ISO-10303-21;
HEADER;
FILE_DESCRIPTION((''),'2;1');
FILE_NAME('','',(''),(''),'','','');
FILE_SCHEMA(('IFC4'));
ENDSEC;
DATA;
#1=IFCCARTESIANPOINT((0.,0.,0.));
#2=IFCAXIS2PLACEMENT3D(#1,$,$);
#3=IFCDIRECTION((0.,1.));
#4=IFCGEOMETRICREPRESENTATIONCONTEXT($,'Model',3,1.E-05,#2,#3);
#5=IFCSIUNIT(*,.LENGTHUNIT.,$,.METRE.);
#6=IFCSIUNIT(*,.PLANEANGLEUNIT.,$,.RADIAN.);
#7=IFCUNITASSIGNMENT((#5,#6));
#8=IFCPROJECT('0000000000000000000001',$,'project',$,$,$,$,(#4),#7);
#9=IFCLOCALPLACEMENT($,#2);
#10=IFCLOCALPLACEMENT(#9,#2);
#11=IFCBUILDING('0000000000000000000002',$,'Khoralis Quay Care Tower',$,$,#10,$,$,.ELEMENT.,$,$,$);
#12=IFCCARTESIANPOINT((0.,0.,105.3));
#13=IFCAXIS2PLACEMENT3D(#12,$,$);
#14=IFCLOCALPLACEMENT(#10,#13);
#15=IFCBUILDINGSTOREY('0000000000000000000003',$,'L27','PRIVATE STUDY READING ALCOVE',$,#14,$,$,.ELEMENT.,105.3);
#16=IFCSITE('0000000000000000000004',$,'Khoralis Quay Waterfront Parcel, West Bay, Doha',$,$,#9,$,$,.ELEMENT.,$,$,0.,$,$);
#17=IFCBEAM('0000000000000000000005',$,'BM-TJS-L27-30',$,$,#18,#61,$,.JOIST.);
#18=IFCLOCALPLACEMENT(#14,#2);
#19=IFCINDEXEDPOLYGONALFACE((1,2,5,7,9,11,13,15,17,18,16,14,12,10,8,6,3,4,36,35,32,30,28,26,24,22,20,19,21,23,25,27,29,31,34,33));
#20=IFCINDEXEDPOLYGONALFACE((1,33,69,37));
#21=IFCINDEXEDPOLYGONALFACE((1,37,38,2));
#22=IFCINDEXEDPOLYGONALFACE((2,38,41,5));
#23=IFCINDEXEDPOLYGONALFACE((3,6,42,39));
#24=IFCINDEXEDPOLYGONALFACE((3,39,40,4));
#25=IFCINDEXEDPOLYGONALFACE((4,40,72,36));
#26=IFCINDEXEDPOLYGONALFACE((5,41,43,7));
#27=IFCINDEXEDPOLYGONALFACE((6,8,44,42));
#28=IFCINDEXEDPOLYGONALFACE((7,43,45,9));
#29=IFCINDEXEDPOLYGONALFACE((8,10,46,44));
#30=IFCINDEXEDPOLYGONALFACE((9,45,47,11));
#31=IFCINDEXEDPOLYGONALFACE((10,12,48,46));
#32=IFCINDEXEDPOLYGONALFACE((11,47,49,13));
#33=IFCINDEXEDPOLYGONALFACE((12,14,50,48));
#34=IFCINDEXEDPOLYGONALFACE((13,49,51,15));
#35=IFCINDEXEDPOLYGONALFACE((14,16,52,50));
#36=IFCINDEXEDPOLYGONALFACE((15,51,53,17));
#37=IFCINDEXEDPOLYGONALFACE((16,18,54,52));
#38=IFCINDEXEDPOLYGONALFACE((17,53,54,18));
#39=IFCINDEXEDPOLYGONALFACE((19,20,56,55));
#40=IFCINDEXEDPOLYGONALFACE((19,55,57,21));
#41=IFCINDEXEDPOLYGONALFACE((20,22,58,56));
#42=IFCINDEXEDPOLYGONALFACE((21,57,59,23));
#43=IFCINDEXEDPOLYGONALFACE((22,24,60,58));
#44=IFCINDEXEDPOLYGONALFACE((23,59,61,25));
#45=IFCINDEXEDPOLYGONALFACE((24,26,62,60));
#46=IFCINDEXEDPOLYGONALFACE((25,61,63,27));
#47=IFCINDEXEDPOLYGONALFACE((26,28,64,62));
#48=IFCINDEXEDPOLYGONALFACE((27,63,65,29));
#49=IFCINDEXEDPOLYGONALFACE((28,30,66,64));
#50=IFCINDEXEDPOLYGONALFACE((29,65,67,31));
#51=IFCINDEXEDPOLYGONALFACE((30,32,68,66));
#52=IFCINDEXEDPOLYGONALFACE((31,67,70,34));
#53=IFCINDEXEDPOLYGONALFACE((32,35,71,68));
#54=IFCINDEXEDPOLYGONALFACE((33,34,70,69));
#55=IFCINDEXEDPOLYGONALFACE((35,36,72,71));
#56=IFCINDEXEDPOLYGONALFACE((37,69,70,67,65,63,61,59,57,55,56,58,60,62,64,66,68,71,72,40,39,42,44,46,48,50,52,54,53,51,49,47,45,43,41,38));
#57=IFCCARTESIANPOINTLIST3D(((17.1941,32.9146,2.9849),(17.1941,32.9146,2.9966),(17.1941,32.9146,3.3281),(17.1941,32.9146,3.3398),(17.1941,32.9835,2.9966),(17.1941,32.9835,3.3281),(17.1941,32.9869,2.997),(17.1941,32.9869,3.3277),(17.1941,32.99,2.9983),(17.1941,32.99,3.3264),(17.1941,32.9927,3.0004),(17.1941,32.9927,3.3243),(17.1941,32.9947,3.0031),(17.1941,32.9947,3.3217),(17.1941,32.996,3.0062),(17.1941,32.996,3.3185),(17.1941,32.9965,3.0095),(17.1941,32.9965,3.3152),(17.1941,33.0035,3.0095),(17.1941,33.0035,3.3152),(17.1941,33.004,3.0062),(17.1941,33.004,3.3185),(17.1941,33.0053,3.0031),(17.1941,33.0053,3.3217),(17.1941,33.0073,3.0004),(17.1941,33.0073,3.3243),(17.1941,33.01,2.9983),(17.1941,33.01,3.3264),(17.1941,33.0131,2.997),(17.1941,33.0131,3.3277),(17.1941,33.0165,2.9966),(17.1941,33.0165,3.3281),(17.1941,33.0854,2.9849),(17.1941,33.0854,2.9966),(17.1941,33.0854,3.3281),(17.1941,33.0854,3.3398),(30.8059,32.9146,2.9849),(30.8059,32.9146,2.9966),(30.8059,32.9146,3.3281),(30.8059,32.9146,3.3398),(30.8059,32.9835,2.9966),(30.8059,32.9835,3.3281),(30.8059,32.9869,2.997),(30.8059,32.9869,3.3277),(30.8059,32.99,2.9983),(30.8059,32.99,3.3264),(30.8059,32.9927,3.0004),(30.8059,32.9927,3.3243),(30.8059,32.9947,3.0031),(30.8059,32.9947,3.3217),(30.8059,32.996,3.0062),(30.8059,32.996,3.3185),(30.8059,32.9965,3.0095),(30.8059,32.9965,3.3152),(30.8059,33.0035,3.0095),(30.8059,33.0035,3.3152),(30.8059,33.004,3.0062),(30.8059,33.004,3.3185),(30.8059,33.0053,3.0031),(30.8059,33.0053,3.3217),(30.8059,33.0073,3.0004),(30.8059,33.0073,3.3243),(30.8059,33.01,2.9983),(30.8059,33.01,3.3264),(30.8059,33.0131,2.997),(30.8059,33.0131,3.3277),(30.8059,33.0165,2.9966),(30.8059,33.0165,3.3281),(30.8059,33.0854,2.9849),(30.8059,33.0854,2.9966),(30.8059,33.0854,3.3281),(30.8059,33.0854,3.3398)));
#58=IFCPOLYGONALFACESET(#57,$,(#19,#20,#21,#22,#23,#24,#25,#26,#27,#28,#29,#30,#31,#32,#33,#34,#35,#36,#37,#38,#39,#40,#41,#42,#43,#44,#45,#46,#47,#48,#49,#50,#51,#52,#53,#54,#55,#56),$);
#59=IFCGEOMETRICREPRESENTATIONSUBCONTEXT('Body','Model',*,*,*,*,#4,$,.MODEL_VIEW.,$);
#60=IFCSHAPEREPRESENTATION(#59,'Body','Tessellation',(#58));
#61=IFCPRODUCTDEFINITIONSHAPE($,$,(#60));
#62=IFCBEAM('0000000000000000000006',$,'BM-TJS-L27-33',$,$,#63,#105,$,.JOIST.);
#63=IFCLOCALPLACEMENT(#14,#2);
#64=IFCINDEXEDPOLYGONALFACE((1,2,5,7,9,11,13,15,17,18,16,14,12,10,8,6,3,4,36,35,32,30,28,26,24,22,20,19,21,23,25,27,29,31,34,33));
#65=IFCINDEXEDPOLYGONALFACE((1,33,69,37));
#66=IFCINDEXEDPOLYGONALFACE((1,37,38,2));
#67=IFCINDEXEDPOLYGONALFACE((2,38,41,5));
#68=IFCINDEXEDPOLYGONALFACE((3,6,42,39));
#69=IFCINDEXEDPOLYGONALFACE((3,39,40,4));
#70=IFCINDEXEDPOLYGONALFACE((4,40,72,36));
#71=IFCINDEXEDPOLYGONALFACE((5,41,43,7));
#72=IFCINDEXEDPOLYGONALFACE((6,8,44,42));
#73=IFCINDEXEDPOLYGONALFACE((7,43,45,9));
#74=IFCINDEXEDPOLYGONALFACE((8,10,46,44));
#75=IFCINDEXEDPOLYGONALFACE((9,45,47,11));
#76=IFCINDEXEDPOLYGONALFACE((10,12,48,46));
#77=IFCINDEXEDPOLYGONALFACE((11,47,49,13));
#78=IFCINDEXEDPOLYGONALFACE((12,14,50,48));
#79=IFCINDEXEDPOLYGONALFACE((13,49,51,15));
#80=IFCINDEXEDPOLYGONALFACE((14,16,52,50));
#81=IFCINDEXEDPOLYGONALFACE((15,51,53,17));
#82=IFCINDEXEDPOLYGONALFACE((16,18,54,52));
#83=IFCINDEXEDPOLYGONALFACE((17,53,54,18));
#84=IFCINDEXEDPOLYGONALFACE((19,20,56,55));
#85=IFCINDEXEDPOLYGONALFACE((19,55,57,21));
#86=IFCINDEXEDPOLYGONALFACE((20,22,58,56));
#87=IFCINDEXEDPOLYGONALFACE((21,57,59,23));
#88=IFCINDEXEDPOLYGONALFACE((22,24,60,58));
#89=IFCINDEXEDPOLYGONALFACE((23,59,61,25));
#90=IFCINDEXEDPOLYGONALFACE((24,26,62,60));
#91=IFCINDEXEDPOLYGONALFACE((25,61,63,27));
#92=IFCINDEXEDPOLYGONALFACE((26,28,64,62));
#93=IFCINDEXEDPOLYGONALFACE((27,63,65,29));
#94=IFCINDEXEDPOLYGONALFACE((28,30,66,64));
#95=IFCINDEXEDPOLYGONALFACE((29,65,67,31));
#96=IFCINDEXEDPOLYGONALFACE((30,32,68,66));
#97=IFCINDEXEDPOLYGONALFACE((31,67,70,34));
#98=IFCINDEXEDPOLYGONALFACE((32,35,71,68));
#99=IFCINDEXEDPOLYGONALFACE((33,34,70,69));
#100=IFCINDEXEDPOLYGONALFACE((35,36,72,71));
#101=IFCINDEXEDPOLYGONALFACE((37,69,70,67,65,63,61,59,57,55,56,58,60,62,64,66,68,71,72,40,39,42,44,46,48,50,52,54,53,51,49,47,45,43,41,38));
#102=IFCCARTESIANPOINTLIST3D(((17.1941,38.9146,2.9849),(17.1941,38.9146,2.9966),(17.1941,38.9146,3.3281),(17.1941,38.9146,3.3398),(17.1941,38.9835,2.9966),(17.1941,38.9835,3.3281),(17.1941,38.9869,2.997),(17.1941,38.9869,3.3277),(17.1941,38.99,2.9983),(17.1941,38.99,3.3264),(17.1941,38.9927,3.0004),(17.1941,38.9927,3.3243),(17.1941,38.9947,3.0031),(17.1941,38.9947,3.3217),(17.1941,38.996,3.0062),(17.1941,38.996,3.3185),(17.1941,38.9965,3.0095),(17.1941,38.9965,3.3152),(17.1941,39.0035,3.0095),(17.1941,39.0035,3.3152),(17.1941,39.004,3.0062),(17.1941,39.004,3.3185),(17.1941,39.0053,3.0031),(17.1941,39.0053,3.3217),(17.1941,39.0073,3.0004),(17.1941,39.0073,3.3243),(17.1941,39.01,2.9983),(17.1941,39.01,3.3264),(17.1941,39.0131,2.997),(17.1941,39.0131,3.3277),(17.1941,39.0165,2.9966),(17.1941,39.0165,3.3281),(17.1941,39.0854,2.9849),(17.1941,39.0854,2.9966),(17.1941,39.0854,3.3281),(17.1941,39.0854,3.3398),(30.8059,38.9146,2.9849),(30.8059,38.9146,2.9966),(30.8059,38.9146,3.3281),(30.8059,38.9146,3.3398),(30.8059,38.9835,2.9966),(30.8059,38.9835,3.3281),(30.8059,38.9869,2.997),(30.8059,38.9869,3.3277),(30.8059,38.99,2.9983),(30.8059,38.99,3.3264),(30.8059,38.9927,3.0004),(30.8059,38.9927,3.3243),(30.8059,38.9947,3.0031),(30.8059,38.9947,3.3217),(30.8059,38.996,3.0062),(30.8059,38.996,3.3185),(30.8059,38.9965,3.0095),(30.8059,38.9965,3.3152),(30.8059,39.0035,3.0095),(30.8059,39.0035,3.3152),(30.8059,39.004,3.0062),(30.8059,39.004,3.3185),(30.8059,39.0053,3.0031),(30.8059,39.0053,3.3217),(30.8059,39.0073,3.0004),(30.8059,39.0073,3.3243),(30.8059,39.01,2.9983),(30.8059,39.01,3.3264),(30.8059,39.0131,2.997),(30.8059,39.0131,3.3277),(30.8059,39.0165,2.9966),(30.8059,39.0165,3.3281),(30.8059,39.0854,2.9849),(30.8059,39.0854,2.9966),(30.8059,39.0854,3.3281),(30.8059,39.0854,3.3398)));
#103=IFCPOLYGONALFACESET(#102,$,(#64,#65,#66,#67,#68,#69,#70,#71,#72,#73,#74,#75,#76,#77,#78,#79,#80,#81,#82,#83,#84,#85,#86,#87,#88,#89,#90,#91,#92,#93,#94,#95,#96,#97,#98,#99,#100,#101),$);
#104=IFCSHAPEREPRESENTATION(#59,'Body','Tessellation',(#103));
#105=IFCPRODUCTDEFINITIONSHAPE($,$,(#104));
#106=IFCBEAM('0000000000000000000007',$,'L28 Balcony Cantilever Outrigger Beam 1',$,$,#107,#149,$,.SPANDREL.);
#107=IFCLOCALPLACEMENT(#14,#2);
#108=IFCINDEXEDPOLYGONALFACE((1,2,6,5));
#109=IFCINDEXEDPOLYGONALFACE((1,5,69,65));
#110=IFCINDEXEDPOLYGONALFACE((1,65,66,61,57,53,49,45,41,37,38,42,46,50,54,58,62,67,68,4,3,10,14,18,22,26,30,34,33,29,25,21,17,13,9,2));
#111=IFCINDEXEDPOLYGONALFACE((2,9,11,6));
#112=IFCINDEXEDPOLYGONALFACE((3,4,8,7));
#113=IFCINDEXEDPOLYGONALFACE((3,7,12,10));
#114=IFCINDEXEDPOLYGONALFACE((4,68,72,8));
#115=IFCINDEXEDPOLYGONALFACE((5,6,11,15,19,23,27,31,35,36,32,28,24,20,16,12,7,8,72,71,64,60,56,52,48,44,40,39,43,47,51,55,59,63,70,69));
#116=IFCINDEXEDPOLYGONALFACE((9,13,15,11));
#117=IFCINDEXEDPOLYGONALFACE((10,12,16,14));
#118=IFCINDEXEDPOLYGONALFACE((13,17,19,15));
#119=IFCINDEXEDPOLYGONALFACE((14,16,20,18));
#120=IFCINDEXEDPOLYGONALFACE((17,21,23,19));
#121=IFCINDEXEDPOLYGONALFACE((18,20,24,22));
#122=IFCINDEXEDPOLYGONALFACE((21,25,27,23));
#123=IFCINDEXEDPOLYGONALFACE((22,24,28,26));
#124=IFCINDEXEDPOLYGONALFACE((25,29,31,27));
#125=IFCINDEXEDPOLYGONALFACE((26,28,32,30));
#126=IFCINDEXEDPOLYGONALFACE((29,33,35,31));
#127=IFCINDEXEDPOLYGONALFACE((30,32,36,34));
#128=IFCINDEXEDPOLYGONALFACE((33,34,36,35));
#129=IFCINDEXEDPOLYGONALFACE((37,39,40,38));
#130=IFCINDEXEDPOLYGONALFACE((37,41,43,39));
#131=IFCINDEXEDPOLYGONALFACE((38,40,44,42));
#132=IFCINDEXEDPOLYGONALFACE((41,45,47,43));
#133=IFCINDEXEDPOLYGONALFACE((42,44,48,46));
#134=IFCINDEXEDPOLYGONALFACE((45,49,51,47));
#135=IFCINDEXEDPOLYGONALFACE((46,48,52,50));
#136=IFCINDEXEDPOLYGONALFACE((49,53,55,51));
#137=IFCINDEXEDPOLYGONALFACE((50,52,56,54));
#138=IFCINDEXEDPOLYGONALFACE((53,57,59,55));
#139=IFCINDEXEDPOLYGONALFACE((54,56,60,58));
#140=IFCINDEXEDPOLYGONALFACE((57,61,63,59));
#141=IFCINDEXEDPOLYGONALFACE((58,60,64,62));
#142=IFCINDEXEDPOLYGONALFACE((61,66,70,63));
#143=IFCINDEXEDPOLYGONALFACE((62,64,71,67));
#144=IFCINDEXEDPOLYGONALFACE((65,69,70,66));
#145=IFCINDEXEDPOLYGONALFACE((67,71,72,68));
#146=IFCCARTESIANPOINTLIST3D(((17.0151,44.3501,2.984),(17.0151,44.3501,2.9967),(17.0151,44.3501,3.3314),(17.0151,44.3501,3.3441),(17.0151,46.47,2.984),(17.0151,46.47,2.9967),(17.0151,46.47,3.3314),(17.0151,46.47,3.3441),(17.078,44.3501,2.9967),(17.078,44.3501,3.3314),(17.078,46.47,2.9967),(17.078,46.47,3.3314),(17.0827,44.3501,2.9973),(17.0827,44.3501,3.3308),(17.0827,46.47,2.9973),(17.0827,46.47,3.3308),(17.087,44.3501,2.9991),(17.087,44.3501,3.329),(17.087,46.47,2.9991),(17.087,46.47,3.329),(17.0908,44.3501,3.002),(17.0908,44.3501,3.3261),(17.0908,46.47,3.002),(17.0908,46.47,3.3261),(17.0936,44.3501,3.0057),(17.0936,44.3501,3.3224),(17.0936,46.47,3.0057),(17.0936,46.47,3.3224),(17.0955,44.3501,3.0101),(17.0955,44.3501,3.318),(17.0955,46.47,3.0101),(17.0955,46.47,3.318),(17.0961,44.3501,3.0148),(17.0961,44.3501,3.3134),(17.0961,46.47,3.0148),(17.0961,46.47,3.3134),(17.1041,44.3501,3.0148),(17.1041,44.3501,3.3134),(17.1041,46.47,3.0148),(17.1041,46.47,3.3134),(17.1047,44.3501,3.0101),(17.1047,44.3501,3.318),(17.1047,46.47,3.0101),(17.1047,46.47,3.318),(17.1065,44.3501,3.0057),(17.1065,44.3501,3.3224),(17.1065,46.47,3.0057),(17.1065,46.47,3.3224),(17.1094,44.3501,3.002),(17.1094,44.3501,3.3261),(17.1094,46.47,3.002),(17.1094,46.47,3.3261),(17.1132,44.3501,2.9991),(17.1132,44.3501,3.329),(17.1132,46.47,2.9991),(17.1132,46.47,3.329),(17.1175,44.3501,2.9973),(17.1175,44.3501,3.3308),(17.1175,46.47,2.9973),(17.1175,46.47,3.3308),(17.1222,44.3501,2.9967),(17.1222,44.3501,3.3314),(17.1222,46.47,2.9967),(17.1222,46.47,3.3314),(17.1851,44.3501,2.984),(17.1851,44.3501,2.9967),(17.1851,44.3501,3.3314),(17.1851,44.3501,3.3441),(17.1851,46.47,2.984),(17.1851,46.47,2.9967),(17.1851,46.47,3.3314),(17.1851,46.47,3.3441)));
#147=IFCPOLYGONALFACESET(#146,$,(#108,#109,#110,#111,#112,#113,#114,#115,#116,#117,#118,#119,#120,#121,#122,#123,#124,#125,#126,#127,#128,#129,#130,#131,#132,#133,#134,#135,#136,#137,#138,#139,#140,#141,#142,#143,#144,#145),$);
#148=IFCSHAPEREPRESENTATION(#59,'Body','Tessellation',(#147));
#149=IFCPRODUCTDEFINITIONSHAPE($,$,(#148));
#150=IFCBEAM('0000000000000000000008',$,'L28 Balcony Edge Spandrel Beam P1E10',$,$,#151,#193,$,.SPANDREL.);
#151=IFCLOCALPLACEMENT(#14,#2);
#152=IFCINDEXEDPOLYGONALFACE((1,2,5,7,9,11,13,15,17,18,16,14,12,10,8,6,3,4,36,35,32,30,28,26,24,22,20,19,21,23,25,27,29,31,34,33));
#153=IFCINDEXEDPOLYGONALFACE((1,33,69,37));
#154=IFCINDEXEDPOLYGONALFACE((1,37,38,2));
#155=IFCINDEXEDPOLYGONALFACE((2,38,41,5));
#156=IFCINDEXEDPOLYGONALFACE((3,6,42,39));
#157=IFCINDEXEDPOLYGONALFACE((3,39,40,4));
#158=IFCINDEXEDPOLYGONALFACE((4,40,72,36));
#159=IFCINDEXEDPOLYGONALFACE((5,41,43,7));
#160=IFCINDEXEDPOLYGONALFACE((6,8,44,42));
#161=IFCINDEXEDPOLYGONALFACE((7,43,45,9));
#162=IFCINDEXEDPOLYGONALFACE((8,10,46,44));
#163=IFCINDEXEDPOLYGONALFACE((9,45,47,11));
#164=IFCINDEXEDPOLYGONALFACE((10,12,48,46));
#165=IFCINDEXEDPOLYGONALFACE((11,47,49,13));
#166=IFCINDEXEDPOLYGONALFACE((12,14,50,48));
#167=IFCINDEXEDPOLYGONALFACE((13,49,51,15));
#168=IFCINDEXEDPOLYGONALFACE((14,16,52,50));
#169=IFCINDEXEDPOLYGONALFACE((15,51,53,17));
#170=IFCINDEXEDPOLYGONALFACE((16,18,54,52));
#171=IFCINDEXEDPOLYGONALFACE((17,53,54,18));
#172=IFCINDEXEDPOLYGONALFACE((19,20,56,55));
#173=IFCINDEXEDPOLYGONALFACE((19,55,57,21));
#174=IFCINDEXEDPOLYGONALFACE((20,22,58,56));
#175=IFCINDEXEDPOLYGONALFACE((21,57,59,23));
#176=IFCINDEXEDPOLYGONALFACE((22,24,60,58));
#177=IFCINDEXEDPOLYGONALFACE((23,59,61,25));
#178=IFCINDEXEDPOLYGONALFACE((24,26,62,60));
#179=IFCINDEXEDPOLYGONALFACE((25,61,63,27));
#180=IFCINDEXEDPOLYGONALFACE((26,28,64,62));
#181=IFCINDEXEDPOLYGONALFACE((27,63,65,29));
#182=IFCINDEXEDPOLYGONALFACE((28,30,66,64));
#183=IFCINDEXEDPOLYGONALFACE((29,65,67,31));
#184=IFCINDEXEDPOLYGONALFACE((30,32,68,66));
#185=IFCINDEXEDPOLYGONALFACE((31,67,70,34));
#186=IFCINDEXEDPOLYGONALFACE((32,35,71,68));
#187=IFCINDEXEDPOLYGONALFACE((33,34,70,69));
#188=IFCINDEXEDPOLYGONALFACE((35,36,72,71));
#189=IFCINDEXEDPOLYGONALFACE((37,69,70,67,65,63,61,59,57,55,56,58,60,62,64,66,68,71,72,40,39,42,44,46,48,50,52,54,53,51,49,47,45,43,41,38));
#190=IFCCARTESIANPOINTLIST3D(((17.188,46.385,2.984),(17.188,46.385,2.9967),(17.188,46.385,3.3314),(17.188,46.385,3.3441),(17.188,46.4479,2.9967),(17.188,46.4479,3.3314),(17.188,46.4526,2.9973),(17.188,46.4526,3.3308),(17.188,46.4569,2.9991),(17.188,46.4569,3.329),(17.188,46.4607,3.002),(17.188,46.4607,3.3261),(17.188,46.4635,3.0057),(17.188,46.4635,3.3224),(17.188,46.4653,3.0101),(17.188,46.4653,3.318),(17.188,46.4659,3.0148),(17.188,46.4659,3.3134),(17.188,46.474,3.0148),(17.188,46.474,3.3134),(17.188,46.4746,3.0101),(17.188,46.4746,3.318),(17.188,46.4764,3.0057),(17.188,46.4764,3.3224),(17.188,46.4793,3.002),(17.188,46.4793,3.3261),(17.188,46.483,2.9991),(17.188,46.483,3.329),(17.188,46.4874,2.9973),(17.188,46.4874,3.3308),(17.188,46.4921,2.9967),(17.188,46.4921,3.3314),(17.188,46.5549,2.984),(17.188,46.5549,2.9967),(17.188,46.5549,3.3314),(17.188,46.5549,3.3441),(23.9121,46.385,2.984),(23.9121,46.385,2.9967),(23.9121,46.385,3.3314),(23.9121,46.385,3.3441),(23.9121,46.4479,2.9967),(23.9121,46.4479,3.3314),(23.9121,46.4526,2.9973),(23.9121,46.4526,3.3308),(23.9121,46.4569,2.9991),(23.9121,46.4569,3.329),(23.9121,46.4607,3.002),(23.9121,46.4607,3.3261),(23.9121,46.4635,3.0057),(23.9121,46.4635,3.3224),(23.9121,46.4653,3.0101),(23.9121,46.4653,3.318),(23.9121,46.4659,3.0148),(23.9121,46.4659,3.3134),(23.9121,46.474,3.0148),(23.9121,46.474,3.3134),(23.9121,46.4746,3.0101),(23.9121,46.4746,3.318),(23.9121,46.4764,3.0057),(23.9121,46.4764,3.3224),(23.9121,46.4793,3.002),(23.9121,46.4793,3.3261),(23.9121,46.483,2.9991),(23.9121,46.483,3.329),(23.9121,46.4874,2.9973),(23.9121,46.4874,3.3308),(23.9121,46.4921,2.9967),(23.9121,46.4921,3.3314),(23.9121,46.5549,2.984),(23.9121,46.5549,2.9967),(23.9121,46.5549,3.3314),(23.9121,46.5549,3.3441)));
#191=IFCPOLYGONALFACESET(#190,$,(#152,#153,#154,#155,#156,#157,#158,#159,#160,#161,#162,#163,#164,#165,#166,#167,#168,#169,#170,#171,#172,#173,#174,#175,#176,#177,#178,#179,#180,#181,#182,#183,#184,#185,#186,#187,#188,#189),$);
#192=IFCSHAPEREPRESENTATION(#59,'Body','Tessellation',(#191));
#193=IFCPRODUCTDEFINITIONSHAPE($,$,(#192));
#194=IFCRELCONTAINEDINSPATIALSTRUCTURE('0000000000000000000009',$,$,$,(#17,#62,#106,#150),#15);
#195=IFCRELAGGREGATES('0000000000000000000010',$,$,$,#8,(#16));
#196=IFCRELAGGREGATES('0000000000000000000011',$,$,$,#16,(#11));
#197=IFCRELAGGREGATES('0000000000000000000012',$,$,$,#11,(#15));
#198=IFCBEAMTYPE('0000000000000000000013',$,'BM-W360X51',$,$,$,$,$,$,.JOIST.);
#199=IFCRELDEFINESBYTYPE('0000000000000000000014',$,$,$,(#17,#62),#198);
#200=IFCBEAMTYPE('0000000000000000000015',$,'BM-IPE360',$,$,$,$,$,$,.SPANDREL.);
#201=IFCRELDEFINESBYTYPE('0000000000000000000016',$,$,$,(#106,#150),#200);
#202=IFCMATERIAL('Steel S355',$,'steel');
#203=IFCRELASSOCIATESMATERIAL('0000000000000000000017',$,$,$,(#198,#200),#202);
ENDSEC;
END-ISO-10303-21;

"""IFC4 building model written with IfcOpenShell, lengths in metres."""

from ifc_helpers import new_model, si_unit, direction, frame, origin, origin_2d, place, context, subcontext, project, spatial, i_section, extrude, source, transform, mapped, material, material_profile, profile_set, type_object, element, save


model = new_model("IFC4")

# Units and contexts
model_context = context("Model", 3, precision=1e-05, world=origin(), true_north=direction((0.0, 1.0)))
body_context = subcontext(model_context, "Body", "Model", "MODEL_VIEW")
ifc_project = project(units=[si_unit("LENGTHUNIT", "METRE"), si_unit("PLANEANGLEUNIT", "RADIAN")], contexts=[model_context])

# Site, building, storey
site_placement = place(None, origin())
site = spatial("IfcSite", under=ifc_project, at=site_placement, Name="Khoralis Quay Waterfront Parcel, West Bay, Doha", CompositionType="ELEMENT", RefElevation=0.0)
building_placement = place(site_placement, origin())
building = spatial("IfcBuilding", under=site, at=building_placement, Name="Khoralis Quay Care Tower", CompositionType="ELEMENT")
storey_placement = place(building_placement, frame((0.0, 0.0, 105.3)))
storey = spatial("IfcBuildingStorey", under=building, at=storey_placement, Name="L27", Description="PRIVATE STUDY READING ALCOVE", CompositionType="ELEMENT", Elevation=105.3)

# Beams
ifc_material_1 = material(Name="Steel S355", Category="steel")
ifc_material_profile_1 = material_profile(ifc_material_1, i_section(OverallWidth=0.1709, OverallDepth=0.355, WebThickness=0.0071, FlangeThickness=0.0117, FilletRadius=0.0129, at=origin_2d()), Name="Steel S355")
ifc_profile_set_1 = profile_set([ifc_material_profile_1], Name="Steel S355")
beam_type_1 = type_object("IfcBeamType", Name="BM-W360X51", PredefinedType="JOIST", material=ifc_profile_set_1)
shared_shape_1 = source(origin(), body_context, "Body", "SweptSolid", [
    extrude(i_section(OverallWidth=0.1709, OverallDepth=0.355, WebThickness=0.0071, FlangeThickness=0.0117, FilletRadius=0.0129, at=origin_2d()), origin(), (0.0, 0.0, 1.0), 13.6118),
])
for number, where, z_axis, x_axis, name in (
    (1, (17.1941, 33.0, 3.1624), (1.0, 0.0, 0.0), (0.0, 1.0, 0.0), "BM-TJS-L27-30"),
    (2, (17.1941, 39.0, 3.1624), (1.0, 0.0, 0.0), (0.0, 1.0, 0.0), "BM-TJS-L27-33"),
):
    element("IfcBeam", number, at=place(storey_placement, frame(where, z_axis=z_axis, x_axis=x_axis)), inside=storey, type_object=beam_type_1, Name=name, PredefinedType="JOIST", context=body_context, shape_type="MappedRepresentation", body=[
        mapped(shared_shape_1, transform((0.0, 0.0, 0.0), scale=1.0)),
    ])
ifc_material_profile_2 = material_profile(ifc_material_1, i_section(OverallWidth=0.1699, OverallDepth=0.3601, WebThickness=0.0081, FlangeThickness=0.0127, FilletRadius=0.0181, at=origin_2d()), Name="Steel S355")
ifc_profile_set_2 = profile_set([ifc_material_profile_2], Name="Steel S355")
beam_type_2 = type_object("IfcBeamType", Name="BM-IPE360", PredefinedType="SPANDREL", material=ifc_profile_set_2)
shared_shape_2 = source(origin(), body_context, "Body", "SweptSolid", [
    extrude(i_section(OverallWidth=0.1699, OverallDepth=0.3601, WebThickness=0.0081, FlangeThickness=0.0127, FilletRadius=0.0181, at=origin_2d()), origin(), (0.0, 0.0, 1.0), 2.1199),
])
beam_1_placement = place(storey_placement, frame((17.1001, 44.3501, 3.1641), z_axis=(0.0, 1.0, 0.0), x_axis=(-1.0, 0.0, 0.0)))
element("IfcBeam", 3, at=beam_1_placement, inside=storey, type_object=beam_type_2, Name="L28 Balcony Cantilever Outrigger Beam 1", PredefinedType="SPANDREL", context=body_context, shape_type="MappedRepresentation", body=[
    mapped(shared_shape_2, transform((0.0, 0.0, 0.0), scale=1.0)),
])
shared_shape_3 = source(origin(), body_context, "Body", "SweptSolid", [
    extrude(i_section(OverallWidth=0.1699, OverallDepth=0.3601, WebThickness=0.0081, FlangeThickness=0.0127, FilletRadius=0.0181, at=origin_2d()), origin(), (0.0, 0.0, 1.0), 6.7241),
])
beam_2_placement = place(storey_placement, frame((17.188, 46.47, 3.1641), z_axis=(1.0, 0.0, 0.0), x_axis=(0.0, 1.0, 0.0)))
element("IfcBeam", 4, at=beam_2_placement, inside=storey, type_object=beam_type_2, Name="L28 Balcony Edge Spandrel Beam P1E10", PredefinedType="SPANDREL", context=body_context, shape_type="MappedRepresentation", body=[
    mapped(shared_shape_3, transform((0.0, 0.0, 0.0), scale=1.0)),
])

save(model, "model.ifc")
